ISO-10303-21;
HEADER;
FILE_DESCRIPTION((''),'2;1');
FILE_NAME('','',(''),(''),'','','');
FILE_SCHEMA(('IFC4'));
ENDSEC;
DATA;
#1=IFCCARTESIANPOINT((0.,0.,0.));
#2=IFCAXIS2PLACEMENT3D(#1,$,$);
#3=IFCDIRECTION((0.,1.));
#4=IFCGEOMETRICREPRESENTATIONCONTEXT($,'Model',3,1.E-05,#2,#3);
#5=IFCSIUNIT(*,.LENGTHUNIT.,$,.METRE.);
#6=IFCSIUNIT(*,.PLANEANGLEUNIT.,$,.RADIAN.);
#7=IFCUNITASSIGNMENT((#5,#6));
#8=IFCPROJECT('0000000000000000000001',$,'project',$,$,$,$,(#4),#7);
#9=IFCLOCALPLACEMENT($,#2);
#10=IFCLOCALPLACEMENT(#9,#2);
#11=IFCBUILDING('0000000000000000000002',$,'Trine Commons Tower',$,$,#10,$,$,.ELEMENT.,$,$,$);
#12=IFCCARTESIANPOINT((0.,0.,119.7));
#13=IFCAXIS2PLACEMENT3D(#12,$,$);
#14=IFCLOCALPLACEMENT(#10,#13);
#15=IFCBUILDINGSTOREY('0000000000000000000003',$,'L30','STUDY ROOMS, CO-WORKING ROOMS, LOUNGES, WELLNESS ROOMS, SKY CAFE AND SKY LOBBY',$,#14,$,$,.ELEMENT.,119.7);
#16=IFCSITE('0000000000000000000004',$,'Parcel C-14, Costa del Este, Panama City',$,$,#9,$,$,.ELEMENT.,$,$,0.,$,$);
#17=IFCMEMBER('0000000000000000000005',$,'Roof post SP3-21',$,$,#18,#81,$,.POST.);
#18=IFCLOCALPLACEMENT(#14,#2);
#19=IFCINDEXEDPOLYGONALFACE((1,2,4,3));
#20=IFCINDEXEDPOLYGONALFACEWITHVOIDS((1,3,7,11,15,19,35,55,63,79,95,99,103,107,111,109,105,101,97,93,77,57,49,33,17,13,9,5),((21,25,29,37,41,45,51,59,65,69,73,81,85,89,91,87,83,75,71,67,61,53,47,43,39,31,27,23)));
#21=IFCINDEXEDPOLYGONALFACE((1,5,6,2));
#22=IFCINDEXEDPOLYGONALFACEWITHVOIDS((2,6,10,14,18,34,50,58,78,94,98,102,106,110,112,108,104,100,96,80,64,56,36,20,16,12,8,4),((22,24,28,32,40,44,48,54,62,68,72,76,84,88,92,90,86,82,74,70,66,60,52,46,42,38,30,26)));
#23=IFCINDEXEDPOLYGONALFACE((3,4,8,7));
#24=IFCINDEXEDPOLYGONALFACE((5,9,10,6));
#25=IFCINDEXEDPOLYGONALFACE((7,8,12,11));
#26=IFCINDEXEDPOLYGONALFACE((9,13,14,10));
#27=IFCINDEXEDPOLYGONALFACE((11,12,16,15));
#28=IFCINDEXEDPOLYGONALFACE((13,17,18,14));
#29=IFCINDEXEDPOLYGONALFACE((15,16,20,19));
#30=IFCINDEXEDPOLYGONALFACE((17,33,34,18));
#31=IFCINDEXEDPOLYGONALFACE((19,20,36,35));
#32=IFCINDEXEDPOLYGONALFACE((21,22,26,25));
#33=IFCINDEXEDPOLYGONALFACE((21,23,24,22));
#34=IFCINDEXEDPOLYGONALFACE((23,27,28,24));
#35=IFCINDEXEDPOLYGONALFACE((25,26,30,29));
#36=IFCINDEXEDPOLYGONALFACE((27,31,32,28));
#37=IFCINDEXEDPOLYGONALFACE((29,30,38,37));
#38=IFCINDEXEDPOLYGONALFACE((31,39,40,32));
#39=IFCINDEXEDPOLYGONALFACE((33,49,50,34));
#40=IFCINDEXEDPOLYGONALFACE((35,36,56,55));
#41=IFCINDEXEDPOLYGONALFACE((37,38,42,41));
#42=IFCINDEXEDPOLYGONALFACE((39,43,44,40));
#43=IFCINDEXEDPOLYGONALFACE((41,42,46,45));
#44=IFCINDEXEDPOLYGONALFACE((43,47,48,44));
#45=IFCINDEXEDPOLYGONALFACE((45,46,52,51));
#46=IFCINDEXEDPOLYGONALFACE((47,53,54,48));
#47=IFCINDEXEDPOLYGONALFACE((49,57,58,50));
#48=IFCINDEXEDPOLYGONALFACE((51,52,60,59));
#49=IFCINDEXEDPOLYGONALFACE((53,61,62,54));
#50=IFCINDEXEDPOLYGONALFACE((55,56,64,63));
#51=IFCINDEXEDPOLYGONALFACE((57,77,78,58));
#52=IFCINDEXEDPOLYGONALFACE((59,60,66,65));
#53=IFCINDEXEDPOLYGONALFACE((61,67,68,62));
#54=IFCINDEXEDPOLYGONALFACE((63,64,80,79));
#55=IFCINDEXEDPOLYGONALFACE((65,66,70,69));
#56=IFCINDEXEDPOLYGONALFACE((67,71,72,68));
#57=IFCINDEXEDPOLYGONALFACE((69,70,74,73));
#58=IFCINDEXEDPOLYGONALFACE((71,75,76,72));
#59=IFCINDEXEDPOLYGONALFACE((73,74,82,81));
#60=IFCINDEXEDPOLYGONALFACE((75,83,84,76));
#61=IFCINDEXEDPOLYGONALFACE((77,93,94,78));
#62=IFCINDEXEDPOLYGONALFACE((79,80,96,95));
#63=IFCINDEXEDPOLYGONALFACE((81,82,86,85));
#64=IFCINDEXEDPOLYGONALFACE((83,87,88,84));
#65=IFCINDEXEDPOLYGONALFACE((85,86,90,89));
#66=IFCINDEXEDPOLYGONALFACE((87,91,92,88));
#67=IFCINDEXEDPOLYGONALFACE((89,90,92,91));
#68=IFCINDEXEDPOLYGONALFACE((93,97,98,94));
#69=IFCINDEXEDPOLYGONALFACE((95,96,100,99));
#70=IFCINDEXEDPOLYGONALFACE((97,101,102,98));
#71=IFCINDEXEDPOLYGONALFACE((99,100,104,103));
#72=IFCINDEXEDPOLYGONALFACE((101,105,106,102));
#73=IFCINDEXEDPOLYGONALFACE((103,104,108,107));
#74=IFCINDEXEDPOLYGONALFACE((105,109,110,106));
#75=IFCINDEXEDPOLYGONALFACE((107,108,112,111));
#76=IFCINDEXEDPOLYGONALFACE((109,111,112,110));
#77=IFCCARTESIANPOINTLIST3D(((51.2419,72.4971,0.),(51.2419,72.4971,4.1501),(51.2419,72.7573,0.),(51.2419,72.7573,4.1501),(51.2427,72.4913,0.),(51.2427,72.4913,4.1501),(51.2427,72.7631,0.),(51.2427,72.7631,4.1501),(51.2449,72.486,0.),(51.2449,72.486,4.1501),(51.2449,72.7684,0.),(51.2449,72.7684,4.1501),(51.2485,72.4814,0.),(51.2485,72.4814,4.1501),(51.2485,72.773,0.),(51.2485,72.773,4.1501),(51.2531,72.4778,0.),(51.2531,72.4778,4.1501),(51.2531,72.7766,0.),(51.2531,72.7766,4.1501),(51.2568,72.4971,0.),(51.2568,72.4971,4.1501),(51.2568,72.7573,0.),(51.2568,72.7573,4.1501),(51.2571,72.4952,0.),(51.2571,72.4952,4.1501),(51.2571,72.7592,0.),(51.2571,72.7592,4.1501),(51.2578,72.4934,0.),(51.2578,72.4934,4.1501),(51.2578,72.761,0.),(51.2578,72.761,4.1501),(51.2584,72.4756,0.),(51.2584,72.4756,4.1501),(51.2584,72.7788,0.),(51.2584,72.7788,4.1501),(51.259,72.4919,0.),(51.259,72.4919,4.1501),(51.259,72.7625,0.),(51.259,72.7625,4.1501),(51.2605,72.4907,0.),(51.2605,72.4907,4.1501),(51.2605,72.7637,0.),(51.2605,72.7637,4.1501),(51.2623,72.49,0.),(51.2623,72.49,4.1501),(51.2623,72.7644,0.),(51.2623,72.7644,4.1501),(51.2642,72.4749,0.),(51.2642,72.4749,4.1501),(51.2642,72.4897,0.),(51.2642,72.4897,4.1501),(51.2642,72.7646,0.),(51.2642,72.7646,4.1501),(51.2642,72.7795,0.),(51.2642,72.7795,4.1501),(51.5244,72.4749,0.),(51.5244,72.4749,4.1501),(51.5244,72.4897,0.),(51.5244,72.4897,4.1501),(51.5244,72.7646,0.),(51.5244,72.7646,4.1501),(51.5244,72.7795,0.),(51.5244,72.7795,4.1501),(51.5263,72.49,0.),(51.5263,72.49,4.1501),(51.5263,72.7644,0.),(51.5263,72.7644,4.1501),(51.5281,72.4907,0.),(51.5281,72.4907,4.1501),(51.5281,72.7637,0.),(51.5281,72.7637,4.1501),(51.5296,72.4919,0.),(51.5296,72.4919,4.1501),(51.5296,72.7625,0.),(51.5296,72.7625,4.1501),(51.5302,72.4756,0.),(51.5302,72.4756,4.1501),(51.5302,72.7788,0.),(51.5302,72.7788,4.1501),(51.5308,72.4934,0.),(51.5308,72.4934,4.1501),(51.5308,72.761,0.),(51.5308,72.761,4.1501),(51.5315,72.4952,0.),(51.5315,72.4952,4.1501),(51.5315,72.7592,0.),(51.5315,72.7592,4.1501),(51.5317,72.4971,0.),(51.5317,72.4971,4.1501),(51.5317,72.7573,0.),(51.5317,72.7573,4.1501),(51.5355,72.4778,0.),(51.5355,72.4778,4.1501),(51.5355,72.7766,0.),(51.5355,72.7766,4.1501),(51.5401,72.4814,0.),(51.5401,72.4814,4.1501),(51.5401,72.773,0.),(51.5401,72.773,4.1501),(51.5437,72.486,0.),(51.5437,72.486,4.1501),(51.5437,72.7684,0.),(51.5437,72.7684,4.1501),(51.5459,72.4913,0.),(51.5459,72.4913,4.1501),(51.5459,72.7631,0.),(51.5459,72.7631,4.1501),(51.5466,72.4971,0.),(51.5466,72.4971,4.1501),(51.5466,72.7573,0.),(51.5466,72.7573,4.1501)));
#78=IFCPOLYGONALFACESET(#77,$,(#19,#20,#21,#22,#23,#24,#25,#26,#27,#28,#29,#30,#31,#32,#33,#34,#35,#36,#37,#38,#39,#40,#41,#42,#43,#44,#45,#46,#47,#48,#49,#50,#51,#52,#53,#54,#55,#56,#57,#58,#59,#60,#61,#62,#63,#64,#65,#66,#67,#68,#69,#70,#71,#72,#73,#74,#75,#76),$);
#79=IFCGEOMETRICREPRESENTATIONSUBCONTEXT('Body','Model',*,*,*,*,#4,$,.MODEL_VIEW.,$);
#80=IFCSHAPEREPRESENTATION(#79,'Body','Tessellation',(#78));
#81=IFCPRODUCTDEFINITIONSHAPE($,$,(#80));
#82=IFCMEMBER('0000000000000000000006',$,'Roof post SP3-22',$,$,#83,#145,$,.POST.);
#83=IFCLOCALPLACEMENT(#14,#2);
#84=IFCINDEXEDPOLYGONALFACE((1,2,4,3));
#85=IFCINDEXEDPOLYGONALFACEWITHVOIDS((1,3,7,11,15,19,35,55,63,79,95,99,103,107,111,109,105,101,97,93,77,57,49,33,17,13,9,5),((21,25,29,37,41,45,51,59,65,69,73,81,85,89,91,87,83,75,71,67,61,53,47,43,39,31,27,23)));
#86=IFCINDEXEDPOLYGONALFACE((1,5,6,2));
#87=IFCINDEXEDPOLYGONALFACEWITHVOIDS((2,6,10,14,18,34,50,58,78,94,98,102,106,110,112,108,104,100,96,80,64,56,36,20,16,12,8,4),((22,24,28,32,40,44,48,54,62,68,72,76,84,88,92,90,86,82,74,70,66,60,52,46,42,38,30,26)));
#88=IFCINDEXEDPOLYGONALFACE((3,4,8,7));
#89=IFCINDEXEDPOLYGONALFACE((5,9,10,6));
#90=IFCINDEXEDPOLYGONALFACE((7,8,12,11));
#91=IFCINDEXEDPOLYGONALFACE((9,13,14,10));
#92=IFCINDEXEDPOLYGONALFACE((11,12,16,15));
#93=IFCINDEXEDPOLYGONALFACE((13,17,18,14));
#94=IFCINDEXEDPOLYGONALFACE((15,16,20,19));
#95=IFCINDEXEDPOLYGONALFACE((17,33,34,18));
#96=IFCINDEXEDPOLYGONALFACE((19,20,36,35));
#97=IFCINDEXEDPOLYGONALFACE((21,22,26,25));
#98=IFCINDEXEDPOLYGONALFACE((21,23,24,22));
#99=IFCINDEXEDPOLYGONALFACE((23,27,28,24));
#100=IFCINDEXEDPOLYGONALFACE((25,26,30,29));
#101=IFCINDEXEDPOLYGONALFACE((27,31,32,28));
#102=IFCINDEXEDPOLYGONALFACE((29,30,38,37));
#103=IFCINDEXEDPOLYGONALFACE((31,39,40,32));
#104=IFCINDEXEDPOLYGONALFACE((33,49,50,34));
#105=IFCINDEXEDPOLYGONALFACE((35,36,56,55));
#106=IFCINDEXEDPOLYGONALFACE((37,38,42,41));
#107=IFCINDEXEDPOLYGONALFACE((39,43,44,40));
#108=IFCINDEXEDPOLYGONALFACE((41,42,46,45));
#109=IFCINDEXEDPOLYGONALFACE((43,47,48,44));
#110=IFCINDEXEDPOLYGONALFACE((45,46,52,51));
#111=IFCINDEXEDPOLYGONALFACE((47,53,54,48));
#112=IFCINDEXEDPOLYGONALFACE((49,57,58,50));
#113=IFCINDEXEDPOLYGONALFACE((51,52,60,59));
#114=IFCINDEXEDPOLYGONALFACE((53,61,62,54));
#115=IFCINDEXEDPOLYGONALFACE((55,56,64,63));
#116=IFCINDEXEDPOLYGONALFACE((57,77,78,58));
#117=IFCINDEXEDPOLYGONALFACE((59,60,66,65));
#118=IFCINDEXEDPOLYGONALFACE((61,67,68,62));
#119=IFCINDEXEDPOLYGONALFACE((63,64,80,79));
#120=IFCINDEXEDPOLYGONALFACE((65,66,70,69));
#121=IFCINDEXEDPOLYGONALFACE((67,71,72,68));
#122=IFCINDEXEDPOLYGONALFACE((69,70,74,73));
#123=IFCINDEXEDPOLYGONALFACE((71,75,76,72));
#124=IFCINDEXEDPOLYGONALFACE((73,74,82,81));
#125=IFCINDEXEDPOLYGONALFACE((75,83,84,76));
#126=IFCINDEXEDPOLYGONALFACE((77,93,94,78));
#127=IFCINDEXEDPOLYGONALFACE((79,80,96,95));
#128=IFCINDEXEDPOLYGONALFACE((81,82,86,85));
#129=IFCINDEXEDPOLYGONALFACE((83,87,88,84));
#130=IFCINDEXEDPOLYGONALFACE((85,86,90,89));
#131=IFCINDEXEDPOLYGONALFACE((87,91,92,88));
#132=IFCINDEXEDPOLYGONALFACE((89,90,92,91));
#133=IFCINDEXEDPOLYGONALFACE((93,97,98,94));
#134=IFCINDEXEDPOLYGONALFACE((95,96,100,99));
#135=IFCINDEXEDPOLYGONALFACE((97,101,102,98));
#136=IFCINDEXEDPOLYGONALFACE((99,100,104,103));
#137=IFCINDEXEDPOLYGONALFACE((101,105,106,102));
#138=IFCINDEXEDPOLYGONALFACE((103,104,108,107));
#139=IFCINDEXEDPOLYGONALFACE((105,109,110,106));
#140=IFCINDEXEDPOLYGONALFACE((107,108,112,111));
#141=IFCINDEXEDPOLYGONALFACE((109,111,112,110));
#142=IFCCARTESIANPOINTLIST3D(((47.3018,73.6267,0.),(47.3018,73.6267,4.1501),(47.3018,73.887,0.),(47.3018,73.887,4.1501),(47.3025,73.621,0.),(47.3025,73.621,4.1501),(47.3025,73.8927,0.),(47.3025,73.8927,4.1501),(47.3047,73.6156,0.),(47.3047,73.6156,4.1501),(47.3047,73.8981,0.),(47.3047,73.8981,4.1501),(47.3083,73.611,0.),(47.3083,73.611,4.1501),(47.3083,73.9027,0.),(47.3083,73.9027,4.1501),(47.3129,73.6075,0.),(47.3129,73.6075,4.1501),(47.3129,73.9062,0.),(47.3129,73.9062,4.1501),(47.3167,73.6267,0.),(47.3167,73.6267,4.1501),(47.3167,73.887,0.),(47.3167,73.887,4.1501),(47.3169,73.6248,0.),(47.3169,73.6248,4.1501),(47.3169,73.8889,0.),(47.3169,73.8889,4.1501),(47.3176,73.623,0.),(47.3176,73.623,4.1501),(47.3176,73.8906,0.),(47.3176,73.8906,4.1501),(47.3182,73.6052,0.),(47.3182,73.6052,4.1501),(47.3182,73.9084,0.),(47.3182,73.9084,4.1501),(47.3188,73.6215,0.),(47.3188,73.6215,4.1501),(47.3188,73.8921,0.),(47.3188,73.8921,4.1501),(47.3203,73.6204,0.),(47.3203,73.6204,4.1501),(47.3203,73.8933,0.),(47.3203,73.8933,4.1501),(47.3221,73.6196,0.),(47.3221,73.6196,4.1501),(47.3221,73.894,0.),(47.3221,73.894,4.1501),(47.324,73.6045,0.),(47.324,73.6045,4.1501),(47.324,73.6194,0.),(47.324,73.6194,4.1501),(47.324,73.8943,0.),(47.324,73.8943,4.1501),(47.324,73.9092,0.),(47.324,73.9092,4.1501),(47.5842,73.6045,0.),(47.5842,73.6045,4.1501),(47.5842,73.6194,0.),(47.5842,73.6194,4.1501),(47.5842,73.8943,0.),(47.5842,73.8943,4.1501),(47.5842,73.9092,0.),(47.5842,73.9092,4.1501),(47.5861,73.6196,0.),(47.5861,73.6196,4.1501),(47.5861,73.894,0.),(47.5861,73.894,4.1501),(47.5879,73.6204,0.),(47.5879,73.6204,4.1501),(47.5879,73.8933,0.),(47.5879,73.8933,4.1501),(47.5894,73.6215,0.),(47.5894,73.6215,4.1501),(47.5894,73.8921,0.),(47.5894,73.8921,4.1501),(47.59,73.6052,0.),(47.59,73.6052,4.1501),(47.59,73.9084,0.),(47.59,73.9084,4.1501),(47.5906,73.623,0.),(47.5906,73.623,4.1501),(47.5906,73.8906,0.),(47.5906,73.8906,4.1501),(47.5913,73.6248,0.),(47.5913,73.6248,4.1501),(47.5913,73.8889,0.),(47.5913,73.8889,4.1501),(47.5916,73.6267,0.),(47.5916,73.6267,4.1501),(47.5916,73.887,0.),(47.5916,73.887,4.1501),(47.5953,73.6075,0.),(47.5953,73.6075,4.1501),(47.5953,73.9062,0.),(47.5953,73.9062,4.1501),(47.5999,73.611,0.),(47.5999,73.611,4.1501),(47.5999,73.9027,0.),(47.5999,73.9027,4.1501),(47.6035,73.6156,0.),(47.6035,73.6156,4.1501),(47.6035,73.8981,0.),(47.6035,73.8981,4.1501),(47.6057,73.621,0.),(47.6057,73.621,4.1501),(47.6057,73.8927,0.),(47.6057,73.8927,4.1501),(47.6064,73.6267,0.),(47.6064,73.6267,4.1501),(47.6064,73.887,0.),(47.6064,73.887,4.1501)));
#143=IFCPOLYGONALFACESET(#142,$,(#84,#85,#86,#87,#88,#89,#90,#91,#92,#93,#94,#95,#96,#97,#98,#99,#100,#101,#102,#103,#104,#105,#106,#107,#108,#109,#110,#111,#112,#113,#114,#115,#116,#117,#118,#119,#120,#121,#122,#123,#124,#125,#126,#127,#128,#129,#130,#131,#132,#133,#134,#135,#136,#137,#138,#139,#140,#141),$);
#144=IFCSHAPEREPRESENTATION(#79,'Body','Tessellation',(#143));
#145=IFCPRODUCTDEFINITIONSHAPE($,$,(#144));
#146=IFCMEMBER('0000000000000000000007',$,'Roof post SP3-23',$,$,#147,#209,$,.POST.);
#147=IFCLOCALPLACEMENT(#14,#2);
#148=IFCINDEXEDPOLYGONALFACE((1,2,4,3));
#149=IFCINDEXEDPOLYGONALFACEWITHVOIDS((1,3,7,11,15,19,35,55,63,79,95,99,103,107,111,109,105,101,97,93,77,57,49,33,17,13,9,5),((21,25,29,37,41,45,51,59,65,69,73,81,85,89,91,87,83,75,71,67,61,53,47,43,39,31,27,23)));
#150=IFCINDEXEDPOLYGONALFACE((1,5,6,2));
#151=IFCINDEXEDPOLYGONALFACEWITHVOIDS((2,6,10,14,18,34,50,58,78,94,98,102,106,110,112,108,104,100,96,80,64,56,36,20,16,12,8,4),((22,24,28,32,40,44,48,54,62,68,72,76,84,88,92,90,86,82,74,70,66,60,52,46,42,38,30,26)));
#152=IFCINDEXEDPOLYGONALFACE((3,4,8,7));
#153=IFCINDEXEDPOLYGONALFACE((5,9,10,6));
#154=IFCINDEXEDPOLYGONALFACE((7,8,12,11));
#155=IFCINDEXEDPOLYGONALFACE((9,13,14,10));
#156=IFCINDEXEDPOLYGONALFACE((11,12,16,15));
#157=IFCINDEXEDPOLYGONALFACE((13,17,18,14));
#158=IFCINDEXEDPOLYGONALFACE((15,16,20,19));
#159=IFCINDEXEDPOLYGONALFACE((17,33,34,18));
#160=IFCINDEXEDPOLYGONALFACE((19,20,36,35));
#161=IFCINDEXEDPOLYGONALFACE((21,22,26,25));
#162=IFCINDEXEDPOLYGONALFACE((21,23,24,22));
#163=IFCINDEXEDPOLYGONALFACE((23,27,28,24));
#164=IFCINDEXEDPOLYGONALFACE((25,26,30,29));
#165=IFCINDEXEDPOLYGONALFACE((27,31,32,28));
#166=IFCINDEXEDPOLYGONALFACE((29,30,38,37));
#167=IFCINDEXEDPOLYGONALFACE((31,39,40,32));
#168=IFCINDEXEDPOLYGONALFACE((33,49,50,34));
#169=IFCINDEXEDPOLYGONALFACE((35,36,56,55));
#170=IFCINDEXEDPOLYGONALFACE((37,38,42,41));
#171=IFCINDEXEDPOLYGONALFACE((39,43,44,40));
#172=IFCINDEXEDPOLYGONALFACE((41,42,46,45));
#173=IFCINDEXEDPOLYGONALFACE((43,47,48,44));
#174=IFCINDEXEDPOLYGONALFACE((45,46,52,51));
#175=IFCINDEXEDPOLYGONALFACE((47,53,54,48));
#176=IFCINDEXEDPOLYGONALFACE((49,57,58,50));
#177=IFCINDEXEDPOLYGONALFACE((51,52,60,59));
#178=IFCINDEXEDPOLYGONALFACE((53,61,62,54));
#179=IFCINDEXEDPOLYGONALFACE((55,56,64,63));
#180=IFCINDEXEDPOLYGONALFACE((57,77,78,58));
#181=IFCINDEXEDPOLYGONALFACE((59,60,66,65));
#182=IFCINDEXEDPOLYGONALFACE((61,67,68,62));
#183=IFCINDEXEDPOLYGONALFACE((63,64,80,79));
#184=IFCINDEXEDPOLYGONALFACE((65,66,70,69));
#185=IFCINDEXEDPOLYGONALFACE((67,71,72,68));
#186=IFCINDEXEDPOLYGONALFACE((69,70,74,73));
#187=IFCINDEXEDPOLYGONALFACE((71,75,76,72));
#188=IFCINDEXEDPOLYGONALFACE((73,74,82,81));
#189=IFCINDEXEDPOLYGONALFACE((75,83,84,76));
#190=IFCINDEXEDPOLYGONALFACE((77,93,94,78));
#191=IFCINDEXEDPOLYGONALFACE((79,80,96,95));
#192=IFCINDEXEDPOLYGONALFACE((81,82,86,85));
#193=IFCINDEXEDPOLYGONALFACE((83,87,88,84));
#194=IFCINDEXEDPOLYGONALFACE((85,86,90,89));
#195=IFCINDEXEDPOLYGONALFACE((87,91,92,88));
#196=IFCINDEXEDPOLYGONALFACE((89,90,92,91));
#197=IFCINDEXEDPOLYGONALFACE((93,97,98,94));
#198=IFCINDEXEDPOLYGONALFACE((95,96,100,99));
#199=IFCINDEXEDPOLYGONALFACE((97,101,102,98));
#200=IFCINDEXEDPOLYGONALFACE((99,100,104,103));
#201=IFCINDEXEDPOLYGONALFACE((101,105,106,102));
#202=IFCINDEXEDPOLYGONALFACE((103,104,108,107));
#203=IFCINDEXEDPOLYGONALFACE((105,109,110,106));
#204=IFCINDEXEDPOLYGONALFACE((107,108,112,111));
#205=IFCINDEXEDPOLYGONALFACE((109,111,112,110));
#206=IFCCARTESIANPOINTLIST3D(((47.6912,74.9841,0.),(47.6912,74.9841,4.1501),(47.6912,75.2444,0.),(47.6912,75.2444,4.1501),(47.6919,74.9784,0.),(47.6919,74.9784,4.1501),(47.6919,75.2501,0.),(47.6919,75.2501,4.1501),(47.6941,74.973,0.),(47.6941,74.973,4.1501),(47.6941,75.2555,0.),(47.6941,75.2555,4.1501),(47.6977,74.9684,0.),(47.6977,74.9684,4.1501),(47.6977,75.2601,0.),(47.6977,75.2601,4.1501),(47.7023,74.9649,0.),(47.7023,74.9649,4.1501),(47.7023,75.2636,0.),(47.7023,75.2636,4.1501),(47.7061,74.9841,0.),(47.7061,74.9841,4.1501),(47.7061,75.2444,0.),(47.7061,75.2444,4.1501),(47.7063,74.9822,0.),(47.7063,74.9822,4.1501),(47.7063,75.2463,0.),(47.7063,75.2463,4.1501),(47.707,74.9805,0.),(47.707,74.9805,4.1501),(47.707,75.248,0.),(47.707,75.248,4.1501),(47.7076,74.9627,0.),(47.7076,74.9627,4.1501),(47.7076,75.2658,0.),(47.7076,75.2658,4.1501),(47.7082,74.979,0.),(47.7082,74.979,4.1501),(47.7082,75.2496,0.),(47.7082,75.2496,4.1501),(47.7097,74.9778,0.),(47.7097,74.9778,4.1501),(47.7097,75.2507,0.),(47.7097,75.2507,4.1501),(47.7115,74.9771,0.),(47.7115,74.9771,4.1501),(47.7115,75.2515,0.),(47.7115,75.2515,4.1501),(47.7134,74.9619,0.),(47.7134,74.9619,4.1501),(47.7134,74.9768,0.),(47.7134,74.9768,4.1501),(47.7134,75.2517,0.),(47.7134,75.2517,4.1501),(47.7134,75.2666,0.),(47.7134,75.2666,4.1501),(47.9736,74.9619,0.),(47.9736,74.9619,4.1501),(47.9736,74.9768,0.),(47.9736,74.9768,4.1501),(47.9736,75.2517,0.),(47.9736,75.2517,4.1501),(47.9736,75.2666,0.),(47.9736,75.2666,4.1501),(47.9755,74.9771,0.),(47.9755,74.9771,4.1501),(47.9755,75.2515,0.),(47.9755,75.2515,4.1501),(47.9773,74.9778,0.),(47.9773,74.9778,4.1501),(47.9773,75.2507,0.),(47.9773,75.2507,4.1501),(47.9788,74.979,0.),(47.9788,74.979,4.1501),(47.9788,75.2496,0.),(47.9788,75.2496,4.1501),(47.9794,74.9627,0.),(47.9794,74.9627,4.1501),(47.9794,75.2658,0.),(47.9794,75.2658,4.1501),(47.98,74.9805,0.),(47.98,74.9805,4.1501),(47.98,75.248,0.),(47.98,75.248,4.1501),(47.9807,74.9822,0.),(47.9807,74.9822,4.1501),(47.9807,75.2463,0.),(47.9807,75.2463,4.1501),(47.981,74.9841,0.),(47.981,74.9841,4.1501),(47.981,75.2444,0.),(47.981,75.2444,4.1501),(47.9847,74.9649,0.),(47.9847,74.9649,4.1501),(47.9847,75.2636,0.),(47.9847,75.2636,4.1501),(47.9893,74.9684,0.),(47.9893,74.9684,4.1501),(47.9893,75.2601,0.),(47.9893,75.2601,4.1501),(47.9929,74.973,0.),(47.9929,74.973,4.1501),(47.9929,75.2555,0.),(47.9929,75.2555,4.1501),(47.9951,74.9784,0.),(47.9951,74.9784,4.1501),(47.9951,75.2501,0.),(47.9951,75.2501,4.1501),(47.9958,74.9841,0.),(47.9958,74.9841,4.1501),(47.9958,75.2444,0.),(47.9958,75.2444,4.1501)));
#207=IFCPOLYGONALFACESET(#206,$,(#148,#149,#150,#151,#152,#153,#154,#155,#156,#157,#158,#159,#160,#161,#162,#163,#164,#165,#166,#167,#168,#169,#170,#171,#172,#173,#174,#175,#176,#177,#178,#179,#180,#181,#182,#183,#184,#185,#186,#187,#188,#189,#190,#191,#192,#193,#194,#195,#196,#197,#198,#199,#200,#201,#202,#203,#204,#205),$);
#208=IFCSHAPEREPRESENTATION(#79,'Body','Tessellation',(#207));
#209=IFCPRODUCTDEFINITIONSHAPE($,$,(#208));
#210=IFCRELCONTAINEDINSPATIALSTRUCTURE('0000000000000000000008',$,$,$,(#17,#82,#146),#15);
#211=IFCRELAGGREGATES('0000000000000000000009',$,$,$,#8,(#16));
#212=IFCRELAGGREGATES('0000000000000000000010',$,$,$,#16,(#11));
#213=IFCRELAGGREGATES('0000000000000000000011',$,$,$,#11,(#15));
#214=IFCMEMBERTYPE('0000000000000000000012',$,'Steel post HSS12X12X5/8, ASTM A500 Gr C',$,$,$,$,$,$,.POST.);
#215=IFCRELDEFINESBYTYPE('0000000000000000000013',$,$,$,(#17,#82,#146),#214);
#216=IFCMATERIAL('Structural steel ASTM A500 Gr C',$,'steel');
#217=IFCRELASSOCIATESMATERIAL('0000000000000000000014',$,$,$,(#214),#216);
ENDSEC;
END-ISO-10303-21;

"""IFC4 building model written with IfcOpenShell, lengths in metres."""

from ifc_helpers import new_model, si_unit, direction, frame, origin, origin_2d, place, context, subcontext, project, spatial, hollow_rectangle, extrude, material, material_profile, profile_set, type_object, element, save


model = new_model("IFC4")

# Units and contexts
model_context = context("Model", 3, precision=1e-05, world=origin(), true_north=direction((0.0, 1.0)))
body_context = subcontext(model_context, "Body", "Model", "MODEL_VIEW")
ifc_project = project(units=[si_unit("LENGTHUNIT", "METRE"), si_unit("PLANEANGLEUNIT", "RADIAN")], contexts=[model_context])

# Site, building, storey
site_placement = place(None, origin())
site = spatial("IfcSite", under=ifc_project, at=site_placement, Name="Parcel C-14, Costa del Este, Panama City", CompositionType="ELEMENT", RefElevation=0.0)
building_placement = place(site_placement, origin())
building = spatial("IfcBuilding", under=site, at=building_placement, Name="Trine Commons Tower", CompositionType="ELEMENT")
storey_placement = place(building_placement, frame((0.0, 0.0, 119.7)))
storey = spatial("IfcBuildingStorey", under=building, at=storey_placement, Name="L30", Description="STUDY ROOMS, CO-WORKING ROOMS, LOUNGES, WELLNESS ROOMS, SKY CAFE AND SKY LOBBY", CompositionType="ELEMENT", Elevation=119.7)

# Members
ifc_material_1 = material(Name="Structural steel ASTM A500 Gr C", Category="steel")
ifc_material_profile_1 = material_profile(ifc_material_1, hollow_rectangle(XDim=0.3047, YDim=0.3047, WallThickness=0.0149, InnerFilletRadius=0.0073, OuterFilletRadius=0.0222, at=origin_2d()), Name="HSS12X12X5/8")
ifc_profile_set_1 = profile_set([ifc_material_profile_1], Name="Structural steel ASTM A500 Gr C")
member_type_1 = type_object("IfcMemberType", Name="Steel post HSS12X12X5/8, ASTM A500 Gr C", PredefinedType="POST", material=ifc_profile_set_1)
for number, where, z_axis, x_axis, name in (
    (1, (51.3943, 72.6272, 0.0), (0.0, 0.0, 1.0), (1.0, 0.0, 0.0), "Roof post SP3-21"),
    (2, (47.4541, 73.7568, 0.0), (0.0, 0.0, 1.0), (1.0, 0.0, 0.0), "Roof post SP3-22"),
    (3, (47.8435, 75.1143, 0.0), (0.0, 0.0, 1.0), (1.0, 0.0, 0.0), "Roof post SP3-23"),
):
    element("IfcMember", number, at=place(storey_placement, frame(where, z_axis=z_axis, x_axis=x_axis)), inside=storey, type_object=member_type_1, Name=name, PredefinedType="POST", context=body_context, shape_type="SweptSolid", body=[
        extrude(hollow_rectangle(XDim=0.3047, YDim=0.3047, WallThickness=0.0149, InnerFilletRadius=0.0073, OuterFilletRadius=0.0222, at=origin_2d()), origin(), (0.0, 0.0, 1.0), 4.1501),
    ])

save(model, "model.ifc")
